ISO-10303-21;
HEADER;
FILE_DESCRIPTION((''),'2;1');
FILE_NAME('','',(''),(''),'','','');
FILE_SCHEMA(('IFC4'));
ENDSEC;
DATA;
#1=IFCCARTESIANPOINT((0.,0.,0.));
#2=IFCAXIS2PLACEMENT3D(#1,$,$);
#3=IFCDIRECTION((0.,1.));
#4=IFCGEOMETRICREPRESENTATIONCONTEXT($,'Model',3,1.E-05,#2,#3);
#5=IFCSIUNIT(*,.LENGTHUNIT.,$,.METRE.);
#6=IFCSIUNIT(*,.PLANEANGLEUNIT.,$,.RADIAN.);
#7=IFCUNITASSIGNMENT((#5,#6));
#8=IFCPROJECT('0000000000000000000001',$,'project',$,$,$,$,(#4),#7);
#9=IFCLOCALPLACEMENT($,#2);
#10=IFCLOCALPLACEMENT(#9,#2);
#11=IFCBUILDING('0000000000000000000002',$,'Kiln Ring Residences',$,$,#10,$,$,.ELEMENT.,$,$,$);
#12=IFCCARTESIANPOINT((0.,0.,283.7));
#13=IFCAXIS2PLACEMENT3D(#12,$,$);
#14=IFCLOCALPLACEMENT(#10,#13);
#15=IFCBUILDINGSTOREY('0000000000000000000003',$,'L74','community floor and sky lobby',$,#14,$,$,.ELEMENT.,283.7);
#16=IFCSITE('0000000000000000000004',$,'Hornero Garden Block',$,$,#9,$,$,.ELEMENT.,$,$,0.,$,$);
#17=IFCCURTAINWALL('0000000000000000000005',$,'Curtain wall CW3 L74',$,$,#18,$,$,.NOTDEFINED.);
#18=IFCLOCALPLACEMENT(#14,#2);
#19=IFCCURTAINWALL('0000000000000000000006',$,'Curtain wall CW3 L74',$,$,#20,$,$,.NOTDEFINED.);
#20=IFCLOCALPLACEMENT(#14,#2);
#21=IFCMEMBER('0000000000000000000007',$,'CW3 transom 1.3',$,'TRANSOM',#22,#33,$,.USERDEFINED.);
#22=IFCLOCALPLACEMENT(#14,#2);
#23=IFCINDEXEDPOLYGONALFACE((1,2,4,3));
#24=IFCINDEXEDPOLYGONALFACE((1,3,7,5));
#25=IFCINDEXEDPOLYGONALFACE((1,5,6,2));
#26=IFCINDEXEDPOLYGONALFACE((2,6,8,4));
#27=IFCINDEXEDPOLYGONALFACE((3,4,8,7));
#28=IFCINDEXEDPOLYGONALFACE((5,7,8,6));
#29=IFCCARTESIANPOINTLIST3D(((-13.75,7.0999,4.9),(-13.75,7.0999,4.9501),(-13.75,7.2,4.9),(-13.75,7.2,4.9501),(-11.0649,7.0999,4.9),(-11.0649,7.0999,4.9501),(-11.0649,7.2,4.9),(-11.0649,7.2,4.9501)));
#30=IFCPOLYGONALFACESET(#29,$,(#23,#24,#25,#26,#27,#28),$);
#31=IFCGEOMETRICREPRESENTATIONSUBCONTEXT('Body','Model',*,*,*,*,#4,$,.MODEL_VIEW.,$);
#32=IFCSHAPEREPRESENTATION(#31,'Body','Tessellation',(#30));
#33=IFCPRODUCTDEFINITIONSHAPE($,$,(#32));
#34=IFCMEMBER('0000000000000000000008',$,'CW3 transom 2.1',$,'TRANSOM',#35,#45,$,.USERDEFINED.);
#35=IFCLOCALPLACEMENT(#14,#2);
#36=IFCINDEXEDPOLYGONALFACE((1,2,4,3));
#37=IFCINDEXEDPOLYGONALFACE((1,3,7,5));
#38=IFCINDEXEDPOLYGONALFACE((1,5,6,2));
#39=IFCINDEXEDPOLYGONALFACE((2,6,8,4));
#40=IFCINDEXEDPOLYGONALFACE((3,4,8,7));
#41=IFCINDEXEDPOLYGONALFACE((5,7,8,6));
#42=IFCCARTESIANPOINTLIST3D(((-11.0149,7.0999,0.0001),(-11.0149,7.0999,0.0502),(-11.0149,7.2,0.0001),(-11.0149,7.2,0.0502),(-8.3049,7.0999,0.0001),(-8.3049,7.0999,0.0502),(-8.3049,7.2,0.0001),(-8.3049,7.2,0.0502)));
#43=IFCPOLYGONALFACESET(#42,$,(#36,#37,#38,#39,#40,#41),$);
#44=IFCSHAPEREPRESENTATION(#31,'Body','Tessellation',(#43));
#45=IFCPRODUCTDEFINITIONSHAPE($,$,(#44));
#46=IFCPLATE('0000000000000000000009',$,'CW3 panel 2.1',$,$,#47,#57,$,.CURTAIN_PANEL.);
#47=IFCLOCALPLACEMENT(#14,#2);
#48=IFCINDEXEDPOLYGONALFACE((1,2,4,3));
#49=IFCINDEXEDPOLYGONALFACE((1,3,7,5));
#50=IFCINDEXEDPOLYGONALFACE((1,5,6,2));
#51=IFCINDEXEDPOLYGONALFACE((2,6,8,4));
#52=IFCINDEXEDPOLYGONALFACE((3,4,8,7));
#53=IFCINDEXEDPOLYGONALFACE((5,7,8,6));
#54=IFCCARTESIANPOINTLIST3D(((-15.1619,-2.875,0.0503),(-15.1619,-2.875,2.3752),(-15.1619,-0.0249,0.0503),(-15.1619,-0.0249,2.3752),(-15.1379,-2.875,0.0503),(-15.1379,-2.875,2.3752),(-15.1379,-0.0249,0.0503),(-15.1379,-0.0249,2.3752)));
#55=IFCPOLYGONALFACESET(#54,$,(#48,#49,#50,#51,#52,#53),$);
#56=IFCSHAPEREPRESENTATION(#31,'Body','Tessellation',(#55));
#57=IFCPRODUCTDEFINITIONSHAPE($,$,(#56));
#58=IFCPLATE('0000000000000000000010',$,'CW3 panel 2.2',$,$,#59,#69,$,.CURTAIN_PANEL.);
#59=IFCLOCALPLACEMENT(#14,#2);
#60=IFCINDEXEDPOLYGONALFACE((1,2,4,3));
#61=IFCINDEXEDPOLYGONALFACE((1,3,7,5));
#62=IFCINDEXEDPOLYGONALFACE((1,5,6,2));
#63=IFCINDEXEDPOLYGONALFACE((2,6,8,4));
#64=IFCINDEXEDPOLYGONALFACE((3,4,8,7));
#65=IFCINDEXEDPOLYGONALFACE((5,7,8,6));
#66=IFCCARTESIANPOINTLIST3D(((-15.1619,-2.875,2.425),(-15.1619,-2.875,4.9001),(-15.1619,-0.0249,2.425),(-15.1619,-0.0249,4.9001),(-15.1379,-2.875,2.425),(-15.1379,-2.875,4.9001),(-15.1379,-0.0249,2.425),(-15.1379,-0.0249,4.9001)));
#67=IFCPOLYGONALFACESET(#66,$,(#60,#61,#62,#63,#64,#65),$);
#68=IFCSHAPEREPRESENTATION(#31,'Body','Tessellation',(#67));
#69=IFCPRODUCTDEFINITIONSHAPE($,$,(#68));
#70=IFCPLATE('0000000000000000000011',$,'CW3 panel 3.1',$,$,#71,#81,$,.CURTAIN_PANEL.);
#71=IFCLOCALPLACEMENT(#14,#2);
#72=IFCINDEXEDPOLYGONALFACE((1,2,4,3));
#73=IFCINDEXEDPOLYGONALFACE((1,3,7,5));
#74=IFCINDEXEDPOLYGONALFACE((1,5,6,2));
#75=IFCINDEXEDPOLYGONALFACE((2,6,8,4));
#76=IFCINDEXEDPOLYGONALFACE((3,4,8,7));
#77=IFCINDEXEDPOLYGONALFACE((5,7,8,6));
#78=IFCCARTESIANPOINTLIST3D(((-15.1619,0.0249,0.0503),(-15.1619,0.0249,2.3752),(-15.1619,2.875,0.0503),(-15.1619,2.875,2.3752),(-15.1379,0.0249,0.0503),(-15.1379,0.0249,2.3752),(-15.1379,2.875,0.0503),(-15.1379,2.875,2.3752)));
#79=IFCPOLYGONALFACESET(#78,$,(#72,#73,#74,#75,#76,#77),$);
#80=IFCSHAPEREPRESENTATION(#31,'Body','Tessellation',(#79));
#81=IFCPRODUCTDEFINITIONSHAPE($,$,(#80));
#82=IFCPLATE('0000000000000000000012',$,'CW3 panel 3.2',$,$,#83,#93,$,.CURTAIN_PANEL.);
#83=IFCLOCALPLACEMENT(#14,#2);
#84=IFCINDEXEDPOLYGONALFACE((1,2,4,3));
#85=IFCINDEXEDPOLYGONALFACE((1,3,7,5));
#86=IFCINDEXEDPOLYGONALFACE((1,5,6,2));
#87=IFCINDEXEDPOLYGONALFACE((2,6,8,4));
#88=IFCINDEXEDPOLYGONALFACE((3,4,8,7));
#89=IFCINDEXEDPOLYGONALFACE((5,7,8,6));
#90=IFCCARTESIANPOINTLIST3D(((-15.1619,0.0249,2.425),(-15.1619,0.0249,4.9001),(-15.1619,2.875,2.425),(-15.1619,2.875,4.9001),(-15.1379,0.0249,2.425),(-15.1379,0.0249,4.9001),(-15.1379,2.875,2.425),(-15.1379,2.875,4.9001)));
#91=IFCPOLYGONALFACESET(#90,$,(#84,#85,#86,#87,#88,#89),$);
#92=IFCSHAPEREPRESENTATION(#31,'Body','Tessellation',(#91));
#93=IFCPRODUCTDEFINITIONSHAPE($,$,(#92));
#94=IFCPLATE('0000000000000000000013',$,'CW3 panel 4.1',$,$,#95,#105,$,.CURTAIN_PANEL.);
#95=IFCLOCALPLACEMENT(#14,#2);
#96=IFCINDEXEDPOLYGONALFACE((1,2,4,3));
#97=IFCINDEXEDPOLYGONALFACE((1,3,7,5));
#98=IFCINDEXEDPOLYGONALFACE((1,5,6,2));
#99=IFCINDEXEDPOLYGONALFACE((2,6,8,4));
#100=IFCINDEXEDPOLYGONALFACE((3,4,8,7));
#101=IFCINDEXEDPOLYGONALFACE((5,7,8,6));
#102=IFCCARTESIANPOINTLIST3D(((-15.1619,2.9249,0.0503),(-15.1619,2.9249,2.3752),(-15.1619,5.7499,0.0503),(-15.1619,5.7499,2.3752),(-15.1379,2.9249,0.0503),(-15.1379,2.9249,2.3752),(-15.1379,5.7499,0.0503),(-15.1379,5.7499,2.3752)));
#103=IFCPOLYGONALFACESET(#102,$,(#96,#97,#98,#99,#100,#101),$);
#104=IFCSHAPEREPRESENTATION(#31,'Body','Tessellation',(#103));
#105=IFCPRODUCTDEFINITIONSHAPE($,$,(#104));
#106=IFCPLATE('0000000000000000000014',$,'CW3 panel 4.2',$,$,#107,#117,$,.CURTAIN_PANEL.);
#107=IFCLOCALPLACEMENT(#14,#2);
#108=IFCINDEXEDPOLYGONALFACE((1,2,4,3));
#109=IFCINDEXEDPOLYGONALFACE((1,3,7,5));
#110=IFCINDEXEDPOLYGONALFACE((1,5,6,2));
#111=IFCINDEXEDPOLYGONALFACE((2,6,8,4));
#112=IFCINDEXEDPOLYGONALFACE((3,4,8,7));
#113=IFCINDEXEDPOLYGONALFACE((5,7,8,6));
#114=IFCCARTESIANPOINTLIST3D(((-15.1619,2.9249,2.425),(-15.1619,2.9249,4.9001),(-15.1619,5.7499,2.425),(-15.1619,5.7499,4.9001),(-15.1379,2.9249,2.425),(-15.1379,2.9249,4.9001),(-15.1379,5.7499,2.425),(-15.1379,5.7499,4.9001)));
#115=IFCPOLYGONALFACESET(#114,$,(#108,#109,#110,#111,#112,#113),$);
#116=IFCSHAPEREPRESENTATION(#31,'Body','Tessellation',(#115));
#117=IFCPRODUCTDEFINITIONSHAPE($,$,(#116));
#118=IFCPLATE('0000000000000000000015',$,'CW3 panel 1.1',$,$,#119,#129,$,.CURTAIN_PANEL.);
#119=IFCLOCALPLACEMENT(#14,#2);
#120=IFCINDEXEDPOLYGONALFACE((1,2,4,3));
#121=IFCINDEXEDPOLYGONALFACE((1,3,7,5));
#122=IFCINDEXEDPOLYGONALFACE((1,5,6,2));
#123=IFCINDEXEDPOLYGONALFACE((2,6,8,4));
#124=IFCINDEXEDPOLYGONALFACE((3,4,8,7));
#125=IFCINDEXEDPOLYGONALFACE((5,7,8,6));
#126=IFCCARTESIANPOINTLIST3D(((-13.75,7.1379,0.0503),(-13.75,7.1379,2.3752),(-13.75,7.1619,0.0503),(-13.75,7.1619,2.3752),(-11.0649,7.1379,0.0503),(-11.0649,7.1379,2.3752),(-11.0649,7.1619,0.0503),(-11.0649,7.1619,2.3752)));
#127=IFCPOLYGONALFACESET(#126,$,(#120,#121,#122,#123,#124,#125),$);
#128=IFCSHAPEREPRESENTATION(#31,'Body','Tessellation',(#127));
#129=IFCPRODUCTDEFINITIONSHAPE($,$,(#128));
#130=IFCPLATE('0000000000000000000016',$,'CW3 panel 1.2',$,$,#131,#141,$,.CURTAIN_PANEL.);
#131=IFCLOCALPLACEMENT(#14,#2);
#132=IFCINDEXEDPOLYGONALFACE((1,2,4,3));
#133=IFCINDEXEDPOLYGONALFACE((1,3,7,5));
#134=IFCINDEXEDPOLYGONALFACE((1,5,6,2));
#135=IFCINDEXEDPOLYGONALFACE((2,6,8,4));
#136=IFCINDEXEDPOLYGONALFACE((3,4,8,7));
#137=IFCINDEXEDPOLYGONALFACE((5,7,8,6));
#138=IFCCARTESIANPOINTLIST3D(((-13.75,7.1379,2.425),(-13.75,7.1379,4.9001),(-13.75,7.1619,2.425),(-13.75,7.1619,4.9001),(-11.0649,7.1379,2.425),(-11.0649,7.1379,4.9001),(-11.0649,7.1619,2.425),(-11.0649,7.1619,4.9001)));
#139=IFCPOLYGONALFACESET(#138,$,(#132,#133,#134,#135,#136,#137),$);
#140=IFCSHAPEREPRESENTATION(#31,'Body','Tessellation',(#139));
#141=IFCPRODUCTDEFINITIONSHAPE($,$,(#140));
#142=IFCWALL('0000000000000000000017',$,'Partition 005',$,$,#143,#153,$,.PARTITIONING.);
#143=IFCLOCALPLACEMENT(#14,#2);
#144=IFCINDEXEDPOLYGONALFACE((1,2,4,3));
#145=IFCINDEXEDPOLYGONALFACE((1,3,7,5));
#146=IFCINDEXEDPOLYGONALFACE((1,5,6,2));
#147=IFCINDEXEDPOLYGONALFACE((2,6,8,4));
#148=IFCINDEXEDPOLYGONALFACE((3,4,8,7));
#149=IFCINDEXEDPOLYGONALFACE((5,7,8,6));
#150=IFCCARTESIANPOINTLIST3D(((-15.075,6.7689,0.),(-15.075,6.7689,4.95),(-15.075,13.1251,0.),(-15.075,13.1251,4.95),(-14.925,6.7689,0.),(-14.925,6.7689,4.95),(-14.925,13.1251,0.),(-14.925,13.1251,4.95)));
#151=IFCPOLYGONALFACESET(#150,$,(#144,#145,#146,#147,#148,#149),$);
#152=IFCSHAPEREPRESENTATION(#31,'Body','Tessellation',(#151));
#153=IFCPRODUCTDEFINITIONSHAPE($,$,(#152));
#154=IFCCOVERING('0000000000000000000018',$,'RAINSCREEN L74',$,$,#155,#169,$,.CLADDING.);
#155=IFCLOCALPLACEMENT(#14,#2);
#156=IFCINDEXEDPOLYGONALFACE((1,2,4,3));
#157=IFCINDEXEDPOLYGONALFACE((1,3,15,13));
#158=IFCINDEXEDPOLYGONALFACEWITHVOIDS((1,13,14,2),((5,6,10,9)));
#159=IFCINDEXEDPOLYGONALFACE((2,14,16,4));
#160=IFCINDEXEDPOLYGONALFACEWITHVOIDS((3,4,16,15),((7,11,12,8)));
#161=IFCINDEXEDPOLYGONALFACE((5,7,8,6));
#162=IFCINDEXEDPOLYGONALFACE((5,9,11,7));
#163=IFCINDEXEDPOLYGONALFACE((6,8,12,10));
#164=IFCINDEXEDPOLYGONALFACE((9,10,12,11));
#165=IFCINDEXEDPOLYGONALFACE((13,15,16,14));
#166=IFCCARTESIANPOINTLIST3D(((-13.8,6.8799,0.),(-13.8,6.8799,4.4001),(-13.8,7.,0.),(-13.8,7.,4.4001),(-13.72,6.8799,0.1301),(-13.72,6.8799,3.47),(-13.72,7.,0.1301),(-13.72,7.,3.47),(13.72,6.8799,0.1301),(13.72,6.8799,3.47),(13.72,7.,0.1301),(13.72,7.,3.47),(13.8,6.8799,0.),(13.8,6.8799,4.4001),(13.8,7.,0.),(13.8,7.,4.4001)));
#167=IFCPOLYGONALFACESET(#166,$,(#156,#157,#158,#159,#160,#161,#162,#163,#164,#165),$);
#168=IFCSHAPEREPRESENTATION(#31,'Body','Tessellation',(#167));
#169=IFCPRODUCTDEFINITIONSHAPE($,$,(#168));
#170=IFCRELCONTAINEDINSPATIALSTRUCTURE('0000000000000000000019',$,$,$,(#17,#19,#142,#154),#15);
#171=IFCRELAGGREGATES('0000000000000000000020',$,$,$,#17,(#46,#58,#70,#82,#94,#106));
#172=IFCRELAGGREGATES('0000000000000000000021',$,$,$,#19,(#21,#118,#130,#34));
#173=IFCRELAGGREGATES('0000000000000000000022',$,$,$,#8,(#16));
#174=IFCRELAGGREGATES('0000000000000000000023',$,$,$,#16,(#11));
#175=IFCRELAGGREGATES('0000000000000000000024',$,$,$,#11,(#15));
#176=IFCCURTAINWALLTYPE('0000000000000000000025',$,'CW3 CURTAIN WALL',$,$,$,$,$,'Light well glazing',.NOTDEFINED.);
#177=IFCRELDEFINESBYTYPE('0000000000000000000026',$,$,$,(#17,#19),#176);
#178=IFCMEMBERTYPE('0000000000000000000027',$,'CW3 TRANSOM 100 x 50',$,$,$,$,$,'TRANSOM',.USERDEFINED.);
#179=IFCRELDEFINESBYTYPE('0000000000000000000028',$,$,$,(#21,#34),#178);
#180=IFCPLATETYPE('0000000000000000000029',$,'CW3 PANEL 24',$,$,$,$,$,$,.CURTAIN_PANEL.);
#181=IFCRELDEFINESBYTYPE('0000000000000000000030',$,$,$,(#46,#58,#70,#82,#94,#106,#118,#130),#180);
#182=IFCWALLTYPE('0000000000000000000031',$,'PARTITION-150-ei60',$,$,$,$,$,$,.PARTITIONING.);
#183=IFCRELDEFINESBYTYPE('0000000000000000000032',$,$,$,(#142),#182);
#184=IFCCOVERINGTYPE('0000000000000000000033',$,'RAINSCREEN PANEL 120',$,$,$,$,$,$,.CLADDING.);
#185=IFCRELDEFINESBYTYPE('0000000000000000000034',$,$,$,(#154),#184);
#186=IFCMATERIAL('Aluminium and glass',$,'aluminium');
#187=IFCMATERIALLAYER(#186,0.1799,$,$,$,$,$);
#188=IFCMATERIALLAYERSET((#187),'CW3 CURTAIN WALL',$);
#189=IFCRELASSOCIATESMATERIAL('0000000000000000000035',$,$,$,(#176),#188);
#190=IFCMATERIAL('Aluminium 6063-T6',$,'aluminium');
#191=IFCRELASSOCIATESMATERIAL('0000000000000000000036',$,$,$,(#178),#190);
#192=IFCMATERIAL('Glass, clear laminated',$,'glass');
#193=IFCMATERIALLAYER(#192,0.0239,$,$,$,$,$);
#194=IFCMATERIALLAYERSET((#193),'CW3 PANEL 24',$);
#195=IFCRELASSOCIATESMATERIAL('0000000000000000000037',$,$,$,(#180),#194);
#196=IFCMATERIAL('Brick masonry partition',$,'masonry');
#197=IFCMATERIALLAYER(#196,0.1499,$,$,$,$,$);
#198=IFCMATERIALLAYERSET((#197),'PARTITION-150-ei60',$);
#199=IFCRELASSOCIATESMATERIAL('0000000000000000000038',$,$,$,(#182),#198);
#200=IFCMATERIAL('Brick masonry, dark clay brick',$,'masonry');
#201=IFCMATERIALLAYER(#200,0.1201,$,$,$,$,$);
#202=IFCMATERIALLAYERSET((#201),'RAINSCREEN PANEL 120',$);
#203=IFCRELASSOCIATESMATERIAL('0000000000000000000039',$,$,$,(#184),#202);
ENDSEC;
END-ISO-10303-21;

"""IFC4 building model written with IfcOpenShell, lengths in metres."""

from ifc_helpers import new_model, si_unit, direction, frame, frame_2d, origin, origin_2d, place, context, subcontext, project, spatial, polyline, rectangle, outline, extrude, material, layer, layer_set, material_profile, profile_set, type_object, element, aggregate, save


model = new_model("IFC4")

# Units and contexts
model_context = context("Model", 3, precision=1e-05, world=origin(), true_north=direction((0.0, 1.0)))
body_context = subcontext(model_context, "Body", "Model", "MODEL_VIEW")
ifc_project = project(units=[si_unit("LENGTHUNIT", "METRE"), si_unit("PLANEANGLEUNIT", "RADIAN")], contexts=[model_context])

# Site, building, storey
site_placement = place(None, origin())
site = spatial("IfcSite", under=ifc_project, at=site_placement, Name="Hornero Garden Block", CompositionType="ELEMENT", RefElevation=0.0)
building_placement = place(site_placement, origin())
building = spatial("IfcBuilding", under=site, at=building_placement, Name="Kiln Ring Residences", CompositionType="ELEMENT")
storey_placement = place(building_placement, frame((0.0, 0.0, 283.7)))
storey = spatial("IfcBuildingStorey", under=building, at=storey_placement, Name="L74", Description="community floor and sky lobby", CompositionType="ELEMENT", Elevation=283.7)

# Curtain walls
ifc_material_1 = material(Name="Aluminium and glass", Category="aluminium")
ifc_layer_1 = layer(ifc_material_1, 0.1799)
ifc_layer_set_1 = layer_set([ifc_layer_1], Name="CW3 CURTAIN WALL")
curtain_wall_type = type_object("IfcCurtainWallType", Name="CW3 CURTAIN WALL", ElementType="Light well glazing", PredefinedType="NOTDEFINED", material=ifc_layer_set_1)
placement = place(storey_placement, origin())
curtain_wall_1 = element("IfcCurtainWall", 1, at=placement, inside=storey, type_object=curtain_wall_type, Name="Curtain wall CW3 L74", PredefinedType="NOTDEFINED")
curtain_wall_2 = element("IfcCurtainWall", 2, at=placement, inside=storey, type_object=curtain_wall_type, Name="Curtain wall CW3 L74", PredefinedType="NOTDEFINED")

# Members
ifc_material_2 = material(Name="Aluminium 6063-T6", Category="aluminium")
ifc_material_profile_1 = material_profile(ifc_material_2, rectangle(XDim=0.1001, YDim=0.05, at=origin_2d()), Name="AL 100x50")
ifc_profile_set_1 = profile_set([ifc_material_profile_1], Name="Aluminium 6063-T6")
member_type_1 = type_object("IfcMemberType", Name="CW3 TRANSOM 100 x 50", ElementType="TRANSOM", PredefinedType="USERDEFINED", material=ifc_profile_set_1)
member_1_placement = place(storey_placement, frame((-13.75, 7.1499, 4.925), z_axis=(1.0, 0.0, 0.0), x_axis=(0.0, 1.0, 0.0)))
member_1 = element("IfcMember", 3, at=member_1_placement, type_object=member_type_1, Name="CW3 transom 1.3", ObjectType="TRANSOM", PredefinedType="USERDEFINED", context=body_context, shape_type="SweptSolid", body=[
    extrude(rectangle(XDim=0.1001, YDim=0.05, at=origin_2d()), origin(), (0.0, 0.0, 1.0), 2.6851),
])
member_2_placement = place(storey_placement, frame((-11.0149, 7.1499, 0.0251), z_axis=(1.0, 0.0, 0.0), x_axis=(0.0, 1.0, 0.0)))
member_2 = element("IfcMember", 4, at=member_2_placement, type_object=member_type_1, Name="CW3 transom 2.1", ObjectType="TRANSOM", PredefinedType="USERDEFINED", context=body_context, shape_type="SweptSolid", body=[
    extrude(rectangle(XDim=0.1001, YDim=0.05, at=origin_2d()), origin(), (0.0, 0.0, 1.0), 2.71),
])

# Plates
ifc_material_3 = material(Name="Glass, clear laminated", Category="glass")
ifc_layer_2 = layer(ifc_material_3, 0.0239)
ifc_layer_set_2 = layer_set([ifc_layer_2], Name="CW3 PANEL 24")
plate_type = type_object("IfcPlateType", Name="CW3 PANEL 24", PredefinedType="CURTAIN_PANEL", material=ifc_layer_set_2)
plate_1_placement = place(storey_placement, frame((-15.1499, -1.45, 0.0503), z_axis=(0.0, 0.0, 1.0), x_axis=(0.0, 1.0, 0.0)))
plate_1 = element("IfcPlate", 5, at=plate_1_placement, type_object=plate_type, Name="CW3 panel 2.1", PredefinedType="CURTAIN_PANEL", context=body_context, shape_type="SweptSolid", body=[
    extrude(rectangle(XDim=2.8501, YDim=0.0239, at=origin_2d()), origin(), (0.0, 0.0, 1.0), 2.325),
])
plate_2_placement = place(storey_placement, frame((-15.1499, -1.45, 2.425), z_axis=(0.0, 0.0, 1.0), x_axis=(0.0, 1.0, 0.0)))
plate_2 = element("IfcPlate", 6, at=plate_2_placement, type_object=plate_type, Name="CW3 panel 2.2", PredefinedType="CURTAIN_PANEL", context=body_context, shape_type="SweptSolid", body=[
    extrude(rectangle(XDim=2.8501, YDim=0.0239, at=origin_2d()), origin(), (0.0, 0.0, 1.0), 2.4751),
])
plate_3_placement = place(storey_placement, frame((-15.1499, 1.45, 0.0503), z_axis=(0.0, 0.0, 1.0), x_axis=(0.0, 1.0, 0.0)))
plate_3 = element("IfcPlate", 7, at=plate_3_placement, type_object=plate_type, Name="CW3 panel 3.1", PredefinedType="CURTAIN_PANEL", context=body_context, shape_type="SweptSolid", body=[
    extrude(rectangle(XDim=2.8501, YDim=0.0239, at=origin_2d()), origin(), (0.0, 0.0, 1.0), 2.325),
])
plate_4_placement = place(storey_placement, frame((-15.1499, 1.45, 2.425), z_axis=(0.0, 0.0, 1.0), x_axis=(0.0, 1.0, 0.0)))
plate_4 = element("IfcPlate", 8, at=plate_4_placement, type_object=plate_type, Name="CW3 panel 3.2", PredefinedType="CURTAIN_PANEL", context=body_context, shape_type="SweptSolid", body=[
    extrude(rectangle(XDim=2.8501, YDim=0.0239, at=origin_2d()), origin(), (0.0, 0.0, 1.0), 2.4751),
])
plate_5_placement = place(storey_placement, frame((-15.1499, 4.3374, 0.0503), z_axis=(0.0, 0.0, 1.0), x_axis=(0.0, 1.0, 0.0)))
plate_5 = element("IfcPlate", 9, at=plate_5_placement, type_object=plate_type, Name="CW3 panel 4.1", PredefinedType="CURTAIN_PANEL", context=body_context, shape_type="SweptSolid", body=[
    extrude(rectangle(XDim=2.825, YDim=0.0239, at=origin_2d()), origin(), (0.0, 0.0, 1.0), 2.325),
])
plate_6_placement = place(storey_placement, frame((-15.1499, 4.3374, 2.425), z_axis=(0.0, 0.0, 1.0), x_axis=(0.0, 1.0, 0.0)))
plate_6 = element("IfcPlate", 10, at=plate_6_placement, type_object=plate_type, Name="CW3 panel 4.2", PredefinedType="CURTAIN_PANEL", context=body_context, shape_type="SweptSolid", body=[
    extrude(rectangle(XDim=2.825, YDim=0.0239, at=origin_2d()), origin(), (0.0, 0.0, 1.0), 2.4751),
])
aggregate(curtain_wall_1, [plate_1, plate_2, plate_3, plate_4, plate_5, plate_6])
plate_7_placement = place(storey_placement, frame((-12.4075, 7.1499, 0.0503), z_axis=(0.0, 0.0, 1.0), x_axis=(1.0, 0.0, 0.0)))
plate_7 = element("IfcPlate", 11, at=plate_7_placement, type_object=plate_type, Name="CW3 panel 1.1", PredefinedType="CURTAIN_PANEL", context=body_context, shape_type="SweptSolid", body=[
    extrude(rectangle(XDim=2.6851, YDim=0.0239, at=origin_2d()), origin(), (0.0, 0.0, 1.0), 2.325),
])
plate_8_placement = place(storey_placement, frame((-12.4075, 7.1499, 2.425), z_axis=(0.0, 0.0, 1.0), x_axis=(1.0, 0.0, 0.0)))
plate_8 = element("IfcPlate", 12, at=plate_8_placement, type_object=plate_type, Name="CW3 panel 1.2", PredefinedType="CURTAIN_PANEL", context=body_context, shape_type="SweptSolid", body=[
    extrude(rectangle(XDim=2.6851, YDim=0.0239, at=origin_2d()), origin(), (0.0, 0.0, 1.0), 2.4751),
])
aggregate(curtain_wall_2, [member_1, plate_7, plate_8, member_2])

# Wall
ifc_material_4 = material(Name="Brick masonry partition", Category="masonry")
ifc_layer_3 = layer(ifc_material_4, 0.1499)
ifc_layer_set_3 = layer_set([ifc_layer_3], Name="PARTITION-150-ei60")
wall_type = type_object("IfcWallType", Name="PARTITION-150-ei60", PredefinedType="PARTITIONING", material=ifc_layer_set_3)
wall_placement = place(storey_placement, frame((-15.0, 6.7688, 0.0), z_axis=(0.0, 0.0, 1.0), x_axis=(0.0, 1.0, 0.0)))
element("IfcWall", 13, at=wall_placement, inside=storey, type_object=wall_type, Name="Partition 005", PredefinedType="PARTITIONING", context=body_context, shape_type="SweptSolid", body=[
    extrude(rectangle(XDim=6.3562, YDim=0.1499, at=frame_2d((3.1782, 0.0))), origin(), (0.0, 0.0, 1.0), 4.95),
])

# Covering
ifc_material_5 = material(Name="Brick masonry, dark clay brick", Category="masonry")
ifc_layer_4 = layer(ifc_material_5, 0.1201)
ifc_layer_set_4 = layer_set([ifc_layer_4], Name="RAINSCREEN PANEL 120")
covering_type = type_object("IfcCoveringType", Name="RAINSCREEN PANEL 120", PredefinedType="CLADDING", material=ifc_layer_set_4)
covering_placement = place(storey_placement, frame((-13.8, 6.9399, 0.0), z_axis=(0.0, 0.0, 1.0), x_axis=(1.0, 0.0, 0.0)))
element("IfcCovering", 14, at=covering_placement, inside=storey, type_object=covering_type, Name="RAINSCREEN L74", PredefinedType="CLADDING", context=body_context, shape_type="SweptSolid", body=[
    extrude(outline(polyline([(0.0, 0.0), (27.6001, 0.0), (27.6001, 4.4001), (0.0, 4.4001), (0.0, 0.0)]), holes=[polyline([(0.0801, 3.47), (0.0801, 0.1301), (27.52, 0.1301), (27.52, 3.47), (0.0801, 3.47)])]), frame((0.0, 0.0601, 0.0), z_axis=(0.0, -1.0, 0.0), x_axis=(1.0, 0.0, 0.0)), (0.0, 0.0, 1.0), 0.1201),
])

save(model, "model.ifc")
